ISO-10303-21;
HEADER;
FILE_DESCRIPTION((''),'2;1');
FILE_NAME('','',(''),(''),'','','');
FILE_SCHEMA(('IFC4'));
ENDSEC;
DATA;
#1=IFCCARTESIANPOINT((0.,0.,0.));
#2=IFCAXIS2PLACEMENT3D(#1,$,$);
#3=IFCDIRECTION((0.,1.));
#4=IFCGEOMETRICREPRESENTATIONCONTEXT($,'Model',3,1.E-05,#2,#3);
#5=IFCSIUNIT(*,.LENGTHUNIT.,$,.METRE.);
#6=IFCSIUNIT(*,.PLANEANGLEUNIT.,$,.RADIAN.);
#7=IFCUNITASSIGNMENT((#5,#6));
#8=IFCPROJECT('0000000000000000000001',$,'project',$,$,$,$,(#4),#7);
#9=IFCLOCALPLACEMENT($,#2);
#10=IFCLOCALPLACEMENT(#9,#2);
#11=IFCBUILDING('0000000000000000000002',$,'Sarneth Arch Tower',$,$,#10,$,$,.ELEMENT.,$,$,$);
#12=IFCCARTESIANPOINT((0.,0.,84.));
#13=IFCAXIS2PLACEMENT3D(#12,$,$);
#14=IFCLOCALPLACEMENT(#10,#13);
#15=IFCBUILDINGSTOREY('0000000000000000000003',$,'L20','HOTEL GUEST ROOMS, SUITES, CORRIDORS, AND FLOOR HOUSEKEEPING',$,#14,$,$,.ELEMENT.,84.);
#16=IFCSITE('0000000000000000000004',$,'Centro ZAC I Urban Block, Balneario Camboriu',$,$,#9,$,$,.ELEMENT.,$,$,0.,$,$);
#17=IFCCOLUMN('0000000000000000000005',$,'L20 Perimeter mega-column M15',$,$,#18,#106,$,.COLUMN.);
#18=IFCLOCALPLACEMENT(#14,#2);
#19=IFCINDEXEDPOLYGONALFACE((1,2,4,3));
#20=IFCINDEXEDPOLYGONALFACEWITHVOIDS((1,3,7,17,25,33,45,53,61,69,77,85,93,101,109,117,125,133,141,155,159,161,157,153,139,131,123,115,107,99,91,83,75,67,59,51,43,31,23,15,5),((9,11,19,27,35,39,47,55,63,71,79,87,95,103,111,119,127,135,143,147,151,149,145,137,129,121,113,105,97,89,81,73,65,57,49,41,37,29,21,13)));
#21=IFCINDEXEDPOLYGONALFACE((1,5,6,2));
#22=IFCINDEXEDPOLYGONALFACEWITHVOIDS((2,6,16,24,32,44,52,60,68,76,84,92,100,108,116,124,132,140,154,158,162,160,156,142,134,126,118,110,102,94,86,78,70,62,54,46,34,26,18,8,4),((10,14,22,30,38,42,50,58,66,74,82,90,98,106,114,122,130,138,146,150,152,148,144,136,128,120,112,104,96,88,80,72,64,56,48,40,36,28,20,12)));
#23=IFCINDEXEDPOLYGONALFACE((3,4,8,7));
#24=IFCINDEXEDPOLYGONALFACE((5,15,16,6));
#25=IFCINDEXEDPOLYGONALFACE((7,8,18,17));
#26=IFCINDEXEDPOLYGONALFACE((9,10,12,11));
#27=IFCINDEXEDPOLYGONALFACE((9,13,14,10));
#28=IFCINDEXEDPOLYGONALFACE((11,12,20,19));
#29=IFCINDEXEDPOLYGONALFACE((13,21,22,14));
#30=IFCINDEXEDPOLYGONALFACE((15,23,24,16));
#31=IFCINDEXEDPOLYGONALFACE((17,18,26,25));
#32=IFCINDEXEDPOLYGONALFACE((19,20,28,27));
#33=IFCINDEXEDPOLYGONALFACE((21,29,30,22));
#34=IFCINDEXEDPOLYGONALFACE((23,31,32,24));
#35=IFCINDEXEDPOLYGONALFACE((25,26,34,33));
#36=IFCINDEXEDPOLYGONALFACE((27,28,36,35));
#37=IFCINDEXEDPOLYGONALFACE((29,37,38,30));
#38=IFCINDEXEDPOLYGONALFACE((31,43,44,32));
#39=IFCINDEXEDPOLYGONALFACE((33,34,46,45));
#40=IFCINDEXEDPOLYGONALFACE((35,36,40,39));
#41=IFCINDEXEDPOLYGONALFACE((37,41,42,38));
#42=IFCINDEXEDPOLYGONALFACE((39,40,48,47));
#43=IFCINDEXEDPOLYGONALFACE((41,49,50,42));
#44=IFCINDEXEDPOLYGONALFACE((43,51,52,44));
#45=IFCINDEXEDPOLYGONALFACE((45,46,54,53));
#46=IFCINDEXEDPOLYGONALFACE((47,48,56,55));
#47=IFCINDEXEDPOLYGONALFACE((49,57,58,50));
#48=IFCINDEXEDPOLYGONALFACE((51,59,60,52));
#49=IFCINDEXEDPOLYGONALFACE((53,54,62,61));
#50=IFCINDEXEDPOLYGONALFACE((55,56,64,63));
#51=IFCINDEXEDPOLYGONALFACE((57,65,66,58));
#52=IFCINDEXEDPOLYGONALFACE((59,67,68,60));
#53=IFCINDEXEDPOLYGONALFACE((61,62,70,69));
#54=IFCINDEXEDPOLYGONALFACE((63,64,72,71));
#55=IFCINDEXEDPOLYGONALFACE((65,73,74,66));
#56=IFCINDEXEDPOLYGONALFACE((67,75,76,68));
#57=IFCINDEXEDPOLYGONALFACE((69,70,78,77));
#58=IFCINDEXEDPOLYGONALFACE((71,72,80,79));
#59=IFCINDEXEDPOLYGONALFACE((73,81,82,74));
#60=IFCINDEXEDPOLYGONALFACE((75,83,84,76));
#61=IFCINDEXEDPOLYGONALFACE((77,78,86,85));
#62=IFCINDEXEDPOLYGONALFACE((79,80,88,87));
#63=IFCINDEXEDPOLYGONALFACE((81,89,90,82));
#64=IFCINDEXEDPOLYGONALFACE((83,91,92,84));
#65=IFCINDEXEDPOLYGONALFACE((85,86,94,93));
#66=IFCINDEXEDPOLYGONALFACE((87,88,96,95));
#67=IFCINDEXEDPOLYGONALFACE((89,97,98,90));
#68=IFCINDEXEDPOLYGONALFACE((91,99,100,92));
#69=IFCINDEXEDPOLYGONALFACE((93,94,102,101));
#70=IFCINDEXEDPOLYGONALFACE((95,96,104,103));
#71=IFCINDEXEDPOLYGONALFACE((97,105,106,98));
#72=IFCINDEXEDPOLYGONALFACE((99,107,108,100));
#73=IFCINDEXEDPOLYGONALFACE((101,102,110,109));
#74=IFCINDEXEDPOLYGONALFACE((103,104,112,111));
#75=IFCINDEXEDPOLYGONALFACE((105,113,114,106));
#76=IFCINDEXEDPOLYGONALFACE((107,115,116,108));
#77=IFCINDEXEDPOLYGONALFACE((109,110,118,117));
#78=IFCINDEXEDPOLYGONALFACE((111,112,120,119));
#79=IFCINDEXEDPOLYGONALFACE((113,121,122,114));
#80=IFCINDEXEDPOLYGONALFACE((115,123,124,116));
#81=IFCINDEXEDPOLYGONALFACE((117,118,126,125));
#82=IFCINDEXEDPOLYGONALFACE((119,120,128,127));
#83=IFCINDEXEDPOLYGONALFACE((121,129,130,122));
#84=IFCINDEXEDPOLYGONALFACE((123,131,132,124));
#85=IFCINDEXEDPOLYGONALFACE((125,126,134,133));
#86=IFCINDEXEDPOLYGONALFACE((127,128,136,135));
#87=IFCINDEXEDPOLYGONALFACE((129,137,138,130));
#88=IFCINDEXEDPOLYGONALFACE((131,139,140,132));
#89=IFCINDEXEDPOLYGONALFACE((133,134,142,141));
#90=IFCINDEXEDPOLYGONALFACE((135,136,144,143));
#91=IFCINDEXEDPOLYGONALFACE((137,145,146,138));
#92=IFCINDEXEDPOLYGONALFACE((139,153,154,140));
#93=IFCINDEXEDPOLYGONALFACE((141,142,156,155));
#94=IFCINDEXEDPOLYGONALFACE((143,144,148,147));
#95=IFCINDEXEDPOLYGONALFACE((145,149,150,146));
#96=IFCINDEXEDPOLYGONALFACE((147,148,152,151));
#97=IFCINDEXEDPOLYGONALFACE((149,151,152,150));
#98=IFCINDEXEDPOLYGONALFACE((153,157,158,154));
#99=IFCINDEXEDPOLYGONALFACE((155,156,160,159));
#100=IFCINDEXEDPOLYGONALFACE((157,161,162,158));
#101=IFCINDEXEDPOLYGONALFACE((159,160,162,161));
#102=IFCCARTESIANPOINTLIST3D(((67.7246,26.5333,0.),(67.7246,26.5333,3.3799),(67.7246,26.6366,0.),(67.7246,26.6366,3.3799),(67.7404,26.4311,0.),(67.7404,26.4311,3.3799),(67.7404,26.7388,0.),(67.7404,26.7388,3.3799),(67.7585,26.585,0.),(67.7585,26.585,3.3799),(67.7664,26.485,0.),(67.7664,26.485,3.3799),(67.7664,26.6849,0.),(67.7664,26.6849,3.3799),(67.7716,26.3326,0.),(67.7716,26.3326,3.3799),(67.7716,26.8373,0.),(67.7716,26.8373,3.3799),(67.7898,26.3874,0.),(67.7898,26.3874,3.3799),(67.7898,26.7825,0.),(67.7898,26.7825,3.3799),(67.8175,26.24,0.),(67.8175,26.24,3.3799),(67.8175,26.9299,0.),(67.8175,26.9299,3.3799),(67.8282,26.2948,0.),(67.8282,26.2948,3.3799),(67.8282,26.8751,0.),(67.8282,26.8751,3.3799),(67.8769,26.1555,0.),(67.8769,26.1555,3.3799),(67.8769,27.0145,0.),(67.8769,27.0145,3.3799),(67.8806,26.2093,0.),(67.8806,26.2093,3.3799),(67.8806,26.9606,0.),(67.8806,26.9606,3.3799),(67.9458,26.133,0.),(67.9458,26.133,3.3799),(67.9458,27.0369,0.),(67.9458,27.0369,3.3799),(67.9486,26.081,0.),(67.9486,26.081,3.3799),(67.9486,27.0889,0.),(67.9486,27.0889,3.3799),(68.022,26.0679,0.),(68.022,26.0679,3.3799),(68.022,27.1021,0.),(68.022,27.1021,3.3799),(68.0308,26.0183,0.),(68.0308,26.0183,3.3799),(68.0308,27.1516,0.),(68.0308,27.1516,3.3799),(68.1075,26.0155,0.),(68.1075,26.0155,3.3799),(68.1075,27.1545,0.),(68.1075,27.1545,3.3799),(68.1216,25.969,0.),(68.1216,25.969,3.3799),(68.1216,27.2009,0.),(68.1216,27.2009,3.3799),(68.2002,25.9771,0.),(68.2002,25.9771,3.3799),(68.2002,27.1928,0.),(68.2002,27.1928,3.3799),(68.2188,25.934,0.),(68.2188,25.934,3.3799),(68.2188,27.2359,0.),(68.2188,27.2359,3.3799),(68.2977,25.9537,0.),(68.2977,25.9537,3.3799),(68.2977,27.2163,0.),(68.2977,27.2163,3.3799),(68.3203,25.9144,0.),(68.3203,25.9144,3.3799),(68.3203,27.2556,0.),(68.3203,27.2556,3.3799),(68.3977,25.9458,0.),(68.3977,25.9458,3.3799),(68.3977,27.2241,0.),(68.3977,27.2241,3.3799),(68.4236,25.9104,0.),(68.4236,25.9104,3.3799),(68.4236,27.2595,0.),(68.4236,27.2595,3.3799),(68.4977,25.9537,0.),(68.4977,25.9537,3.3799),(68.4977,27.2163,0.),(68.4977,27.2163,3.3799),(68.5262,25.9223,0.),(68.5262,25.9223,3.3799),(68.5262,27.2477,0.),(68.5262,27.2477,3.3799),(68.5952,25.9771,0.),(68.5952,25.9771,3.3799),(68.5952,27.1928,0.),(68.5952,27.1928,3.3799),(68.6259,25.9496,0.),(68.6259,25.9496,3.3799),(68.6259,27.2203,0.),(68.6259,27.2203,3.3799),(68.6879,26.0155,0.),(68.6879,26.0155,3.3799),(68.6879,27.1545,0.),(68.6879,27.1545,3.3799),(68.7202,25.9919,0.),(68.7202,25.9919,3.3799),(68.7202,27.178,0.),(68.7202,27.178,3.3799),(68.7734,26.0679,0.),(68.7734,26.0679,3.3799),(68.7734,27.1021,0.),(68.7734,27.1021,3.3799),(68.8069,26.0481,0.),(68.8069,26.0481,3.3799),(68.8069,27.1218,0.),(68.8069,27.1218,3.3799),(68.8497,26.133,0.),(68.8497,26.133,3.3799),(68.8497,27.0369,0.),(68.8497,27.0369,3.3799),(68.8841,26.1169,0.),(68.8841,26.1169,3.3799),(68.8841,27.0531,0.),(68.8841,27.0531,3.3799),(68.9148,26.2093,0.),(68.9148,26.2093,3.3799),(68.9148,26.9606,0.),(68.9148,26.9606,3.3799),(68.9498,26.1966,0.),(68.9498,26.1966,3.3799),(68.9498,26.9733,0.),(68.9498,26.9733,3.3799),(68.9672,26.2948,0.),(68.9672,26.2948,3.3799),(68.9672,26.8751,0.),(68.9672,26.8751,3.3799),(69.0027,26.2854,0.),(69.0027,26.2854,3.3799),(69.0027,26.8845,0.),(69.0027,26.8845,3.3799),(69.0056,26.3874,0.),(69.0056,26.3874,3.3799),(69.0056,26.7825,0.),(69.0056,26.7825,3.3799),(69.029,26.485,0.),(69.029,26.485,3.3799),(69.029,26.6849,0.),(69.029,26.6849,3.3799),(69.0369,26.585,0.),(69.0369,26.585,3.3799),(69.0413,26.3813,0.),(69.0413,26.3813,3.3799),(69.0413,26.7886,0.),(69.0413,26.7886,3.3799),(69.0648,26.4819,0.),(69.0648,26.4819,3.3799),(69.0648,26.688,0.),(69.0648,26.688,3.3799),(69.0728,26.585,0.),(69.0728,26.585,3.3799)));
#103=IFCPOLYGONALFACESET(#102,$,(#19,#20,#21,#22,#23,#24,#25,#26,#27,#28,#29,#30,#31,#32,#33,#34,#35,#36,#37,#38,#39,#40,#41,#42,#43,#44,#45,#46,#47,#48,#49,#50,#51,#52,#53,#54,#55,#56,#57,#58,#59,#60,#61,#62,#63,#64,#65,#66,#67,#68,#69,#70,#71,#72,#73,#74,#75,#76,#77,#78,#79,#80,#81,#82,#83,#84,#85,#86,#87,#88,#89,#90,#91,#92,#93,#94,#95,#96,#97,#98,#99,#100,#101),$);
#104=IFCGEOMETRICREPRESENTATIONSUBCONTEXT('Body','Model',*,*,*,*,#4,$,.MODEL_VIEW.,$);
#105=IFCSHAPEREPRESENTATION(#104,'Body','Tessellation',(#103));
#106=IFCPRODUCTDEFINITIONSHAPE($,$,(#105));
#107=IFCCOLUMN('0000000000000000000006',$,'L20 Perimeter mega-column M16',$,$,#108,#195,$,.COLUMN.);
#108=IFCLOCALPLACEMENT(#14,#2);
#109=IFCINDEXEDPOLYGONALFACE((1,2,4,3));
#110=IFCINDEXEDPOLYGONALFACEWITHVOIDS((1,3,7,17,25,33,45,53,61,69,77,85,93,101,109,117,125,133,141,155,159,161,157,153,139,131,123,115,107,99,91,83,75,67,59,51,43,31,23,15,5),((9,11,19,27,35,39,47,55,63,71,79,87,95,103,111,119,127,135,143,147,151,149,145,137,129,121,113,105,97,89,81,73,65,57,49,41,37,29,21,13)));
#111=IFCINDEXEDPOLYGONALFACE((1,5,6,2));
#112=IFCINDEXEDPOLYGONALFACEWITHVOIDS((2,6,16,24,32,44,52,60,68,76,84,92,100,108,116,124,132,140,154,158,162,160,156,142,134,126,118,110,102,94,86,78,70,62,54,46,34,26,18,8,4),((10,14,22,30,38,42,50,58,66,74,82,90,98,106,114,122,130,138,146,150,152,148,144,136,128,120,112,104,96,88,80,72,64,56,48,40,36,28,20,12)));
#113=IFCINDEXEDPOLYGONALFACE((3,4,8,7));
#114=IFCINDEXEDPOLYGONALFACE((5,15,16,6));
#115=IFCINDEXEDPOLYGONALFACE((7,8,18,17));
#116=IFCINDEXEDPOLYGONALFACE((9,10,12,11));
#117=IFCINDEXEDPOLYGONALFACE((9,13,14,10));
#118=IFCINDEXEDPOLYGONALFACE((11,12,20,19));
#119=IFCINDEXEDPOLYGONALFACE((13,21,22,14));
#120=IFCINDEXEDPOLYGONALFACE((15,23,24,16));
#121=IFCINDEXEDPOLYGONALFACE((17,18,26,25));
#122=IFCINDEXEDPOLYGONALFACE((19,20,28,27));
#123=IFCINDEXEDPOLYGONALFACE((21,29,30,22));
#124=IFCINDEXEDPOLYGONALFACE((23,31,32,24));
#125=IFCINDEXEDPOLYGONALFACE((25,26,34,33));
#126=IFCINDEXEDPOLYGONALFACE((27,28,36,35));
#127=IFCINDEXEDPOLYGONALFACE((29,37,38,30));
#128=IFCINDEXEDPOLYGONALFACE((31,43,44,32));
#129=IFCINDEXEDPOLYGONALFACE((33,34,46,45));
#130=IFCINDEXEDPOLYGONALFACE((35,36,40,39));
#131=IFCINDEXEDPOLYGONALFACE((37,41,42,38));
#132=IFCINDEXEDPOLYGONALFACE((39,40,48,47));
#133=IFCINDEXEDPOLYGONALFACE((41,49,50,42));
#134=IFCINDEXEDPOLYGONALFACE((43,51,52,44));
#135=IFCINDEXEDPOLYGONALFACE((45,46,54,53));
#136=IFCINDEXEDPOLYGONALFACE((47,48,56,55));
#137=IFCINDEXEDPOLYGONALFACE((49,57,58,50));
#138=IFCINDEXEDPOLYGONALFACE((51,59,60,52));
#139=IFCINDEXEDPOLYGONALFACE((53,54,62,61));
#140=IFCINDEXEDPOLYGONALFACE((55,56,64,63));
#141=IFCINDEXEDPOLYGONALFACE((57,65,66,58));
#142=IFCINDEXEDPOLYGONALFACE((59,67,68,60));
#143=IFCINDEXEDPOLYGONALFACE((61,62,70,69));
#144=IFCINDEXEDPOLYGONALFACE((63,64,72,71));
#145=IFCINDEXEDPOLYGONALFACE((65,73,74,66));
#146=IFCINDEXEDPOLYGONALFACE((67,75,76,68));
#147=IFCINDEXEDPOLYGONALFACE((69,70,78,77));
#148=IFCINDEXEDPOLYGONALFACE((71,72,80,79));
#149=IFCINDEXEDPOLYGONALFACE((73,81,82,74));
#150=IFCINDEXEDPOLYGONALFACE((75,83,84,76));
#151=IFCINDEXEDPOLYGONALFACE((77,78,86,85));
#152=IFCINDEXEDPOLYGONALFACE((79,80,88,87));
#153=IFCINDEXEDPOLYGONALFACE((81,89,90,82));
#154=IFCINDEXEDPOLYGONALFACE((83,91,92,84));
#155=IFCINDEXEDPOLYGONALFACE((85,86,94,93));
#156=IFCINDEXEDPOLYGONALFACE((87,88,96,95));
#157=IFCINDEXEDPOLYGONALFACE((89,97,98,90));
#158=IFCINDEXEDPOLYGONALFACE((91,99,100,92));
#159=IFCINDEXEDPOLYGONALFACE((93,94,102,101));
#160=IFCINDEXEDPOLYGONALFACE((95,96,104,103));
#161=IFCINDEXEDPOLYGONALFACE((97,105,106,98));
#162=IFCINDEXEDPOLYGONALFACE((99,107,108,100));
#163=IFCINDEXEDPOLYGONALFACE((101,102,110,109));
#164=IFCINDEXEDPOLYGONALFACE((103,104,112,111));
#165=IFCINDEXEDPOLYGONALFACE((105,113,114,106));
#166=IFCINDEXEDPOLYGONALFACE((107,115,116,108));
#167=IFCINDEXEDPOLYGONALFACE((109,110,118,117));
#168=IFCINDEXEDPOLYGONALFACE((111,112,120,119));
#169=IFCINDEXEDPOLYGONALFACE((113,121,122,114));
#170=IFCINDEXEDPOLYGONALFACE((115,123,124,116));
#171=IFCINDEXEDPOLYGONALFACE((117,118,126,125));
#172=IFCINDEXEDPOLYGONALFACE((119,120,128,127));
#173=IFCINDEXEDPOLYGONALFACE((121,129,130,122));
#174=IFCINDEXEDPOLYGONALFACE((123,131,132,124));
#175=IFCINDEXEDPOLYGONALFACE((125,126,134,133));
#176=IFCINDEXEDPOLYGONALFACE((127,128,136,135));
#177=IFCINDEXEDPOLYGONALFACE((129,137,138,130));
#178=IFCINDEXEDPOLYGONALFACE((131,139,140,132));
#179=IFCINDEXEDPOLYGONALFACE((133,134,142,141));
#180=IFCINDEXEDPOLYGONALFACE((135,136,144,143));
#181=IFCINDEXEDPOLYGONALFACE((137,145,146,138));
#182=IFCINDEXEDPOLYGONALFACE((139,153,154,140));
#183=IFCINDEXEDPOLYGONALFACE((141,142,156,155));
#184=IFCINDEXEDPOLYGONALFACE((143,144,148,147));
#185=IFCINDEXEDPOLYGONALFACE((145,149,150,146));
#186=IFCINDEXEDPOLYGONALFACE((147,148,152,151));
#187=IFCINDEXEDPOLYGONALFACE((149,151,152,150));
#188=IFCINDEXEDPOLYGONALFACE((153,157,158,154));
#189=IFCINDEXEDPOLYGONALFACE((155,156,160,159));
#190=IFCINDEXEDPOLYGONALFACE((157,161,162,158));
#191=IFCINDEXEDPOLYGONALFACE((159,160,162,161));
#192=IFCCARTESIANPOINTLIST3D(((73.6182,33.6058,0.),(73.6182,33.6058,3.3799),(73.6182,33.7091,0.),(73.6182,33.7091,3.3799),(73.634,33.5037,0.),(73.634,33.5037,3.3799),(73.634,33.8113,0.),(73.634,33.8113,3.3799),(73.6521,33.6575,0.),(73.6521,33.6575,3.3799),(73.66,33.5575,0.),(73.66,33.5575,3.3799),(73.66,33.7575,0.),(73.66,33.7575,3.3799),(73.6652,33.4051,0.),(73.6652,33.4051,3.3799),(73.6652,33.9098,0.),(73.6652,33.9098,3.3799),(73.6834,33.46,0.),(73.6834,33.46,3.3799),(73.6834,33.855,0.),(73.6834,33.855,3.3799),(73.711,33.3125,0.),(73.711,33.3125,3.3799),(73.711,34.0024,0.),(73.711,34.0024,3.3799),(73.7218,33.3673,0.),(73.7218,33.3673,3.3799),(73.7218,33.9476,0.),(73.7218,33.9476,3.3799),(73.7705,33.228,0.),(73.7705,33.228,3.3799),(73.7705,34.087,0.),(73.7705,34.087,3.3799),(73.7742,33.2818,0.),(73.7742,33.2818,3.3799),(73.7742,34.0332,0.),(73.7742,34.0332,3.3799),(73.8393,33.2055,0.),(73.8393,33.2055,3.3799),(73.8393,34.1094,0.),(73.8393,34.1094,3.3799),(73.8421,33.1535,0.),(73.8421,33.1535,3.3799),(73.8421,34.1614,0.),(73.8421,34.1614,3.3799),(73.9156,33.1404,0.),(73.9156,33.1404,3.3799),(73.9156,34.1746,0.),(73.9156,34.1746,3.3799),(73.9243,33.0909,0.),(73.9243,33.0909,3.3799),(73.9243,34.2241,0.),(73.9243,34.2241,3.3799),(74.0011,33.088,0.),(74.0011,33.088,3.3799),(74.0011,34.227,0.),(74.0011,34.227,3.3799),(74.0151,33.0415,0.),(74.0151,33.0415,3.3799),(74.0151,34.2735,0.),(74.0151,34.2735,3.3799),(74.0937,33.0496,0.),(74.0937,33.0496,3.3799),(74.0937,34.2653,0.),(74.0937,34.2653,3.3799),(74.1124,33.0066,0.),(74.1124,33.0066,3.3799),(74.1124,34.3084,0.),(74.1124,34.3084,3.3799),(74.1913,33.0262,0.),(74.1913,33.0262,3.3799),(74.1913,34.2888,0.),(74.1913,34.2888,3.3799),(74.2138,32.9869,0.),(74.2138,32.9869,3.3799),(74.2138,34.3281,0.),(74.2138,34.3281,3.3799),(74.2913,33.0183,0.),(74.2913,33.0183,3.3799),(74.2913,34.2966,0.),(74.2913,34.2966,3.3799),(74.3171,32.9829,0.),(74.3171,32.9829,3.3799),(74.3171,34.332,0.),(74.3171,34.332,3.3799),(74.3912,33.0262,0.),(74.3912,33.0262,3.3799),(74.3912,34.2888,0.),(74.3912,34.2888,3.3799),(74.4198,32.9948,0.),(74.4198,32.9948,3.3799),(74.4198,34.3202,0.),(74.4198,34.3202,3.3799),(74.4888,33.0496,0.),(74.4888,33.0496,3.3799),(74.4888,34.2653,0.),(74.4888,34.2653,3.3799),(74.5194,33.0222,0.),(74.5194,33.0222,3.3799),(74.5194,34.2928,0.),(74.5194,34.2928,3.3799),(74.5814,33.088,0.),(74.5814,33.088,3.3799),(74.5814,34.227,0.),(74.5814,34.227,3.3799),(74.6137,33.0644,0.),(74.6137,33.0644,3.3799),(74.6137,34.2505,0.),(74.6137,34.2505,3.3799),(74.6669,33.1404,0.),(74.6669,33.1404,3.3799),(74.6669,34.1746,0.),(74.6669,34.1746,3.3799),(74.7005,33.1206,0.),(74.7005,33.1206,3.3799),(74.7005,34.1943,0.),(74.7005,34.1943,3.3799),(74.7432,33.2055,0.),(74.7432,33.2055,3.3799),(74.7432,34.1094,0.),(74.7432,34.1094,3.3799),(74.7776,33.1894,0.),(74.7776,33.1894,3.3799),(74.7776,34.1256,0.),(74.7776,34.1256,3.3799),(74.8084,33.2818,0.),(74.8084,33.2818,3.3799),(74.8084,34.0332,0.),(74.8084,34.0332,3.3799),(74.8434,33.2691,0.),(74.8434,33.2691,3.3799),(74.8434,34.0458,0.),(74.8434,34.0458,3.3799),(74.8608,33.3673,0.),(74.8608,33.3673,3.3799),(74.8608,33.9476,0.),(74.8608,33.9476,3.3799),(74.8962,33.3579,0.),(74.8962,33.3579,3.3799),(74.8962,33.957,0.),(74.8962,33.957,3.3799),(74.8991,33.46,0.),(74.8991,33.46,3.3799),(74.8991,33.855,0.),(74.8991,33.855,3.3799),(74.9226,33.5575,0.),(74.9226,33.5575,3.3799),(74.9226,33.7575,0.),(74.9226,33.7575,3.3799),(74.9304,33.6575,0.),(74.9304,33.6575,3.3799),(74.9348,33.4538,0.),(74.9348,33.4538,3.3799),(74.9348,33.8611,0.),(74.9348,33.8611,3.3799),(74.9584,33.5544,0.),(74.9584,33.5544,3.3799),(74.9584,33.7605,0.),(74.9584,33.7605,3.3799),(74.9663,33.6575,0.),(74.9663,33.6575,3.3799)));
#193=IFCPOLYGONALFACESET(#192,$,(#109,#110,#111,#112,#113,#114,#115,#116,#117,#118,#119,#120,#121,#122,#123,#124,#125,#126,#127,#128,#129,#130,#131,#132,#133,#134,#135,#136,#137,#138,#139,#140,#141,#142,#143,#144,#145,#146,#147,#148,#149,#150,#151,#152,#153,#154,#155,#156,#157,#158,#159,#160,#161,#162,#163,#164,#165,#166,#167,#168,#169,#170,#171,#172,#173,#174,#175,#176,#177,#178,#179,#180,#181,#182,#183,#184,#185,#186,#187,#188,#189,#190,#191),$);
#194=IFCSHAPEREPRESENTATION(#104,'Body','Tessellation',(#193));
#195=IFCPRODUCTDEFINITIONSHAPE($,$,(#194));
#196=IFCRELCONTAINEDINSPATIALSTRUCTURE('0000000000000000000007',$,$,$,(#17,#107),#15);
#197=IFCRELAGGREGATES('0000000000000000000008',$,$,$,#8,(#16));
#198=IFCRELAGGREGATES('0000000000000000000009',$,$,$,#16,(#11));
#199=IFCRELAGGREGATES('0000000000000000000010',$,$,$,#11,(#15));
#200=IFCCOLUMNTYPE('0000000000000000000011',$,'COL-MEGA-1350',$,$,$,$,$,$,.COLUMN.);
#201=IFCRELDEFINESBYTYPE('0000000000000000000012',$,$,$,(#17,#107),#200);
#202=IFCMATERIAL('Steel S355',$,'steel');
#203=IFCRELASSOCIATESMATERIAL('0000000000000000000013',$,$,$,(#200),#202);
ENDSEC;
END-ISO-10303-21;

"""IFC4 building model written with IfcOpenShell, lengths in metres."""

from ifc_helpers import new_model, si_unit, direction, frame, origin, origin_2d, place, context, subcontext, project, spatial, hollow_circle, extrude, material, material_profile, profile_set, type_object, element, save


model = new_model("IFC4")

# Units and contexts
model_context = context("Model", 3, precision=1e-05, world=origin(), true_north=direction((0.0, 1.0)))
body_context = subcontext(model_context, "Body", "Model", "MODEL_VIEW")
ifc_project = project(units=[si_unit("LENGTHUNIT", "METRE"), si_unit("PLANEANGLEUNIT", "RADIAN")], contexts=[model_context])

# Site, building, storey
site_placement = place(None, origin())
site = spatial("IfcSite", under=ifc_project, at=site_placement, Name="Centro ZAC I Urban Block, Balneario Camboriu", CompositionType="ELEMENT", RefElevation=0.0)
building_placement = place(site_placement, origin())
building = spatial("IfcBuilding", under=site, at=building_placement, Name="Sarneth Arch Tower", CompositionType="ELEMENT")
storey_placement = place(building_placement, frame((0.0, 0.0, 84.0)))
storey = spatial("IfcBuildingStorey", under=building, at=storey_placement, Name="L20", Description="HOTEL GUEST ROOMS, SUITES, CORRIDORS, AND FLOOR HOUSEKEEPING", CompositionType="ELEMENT", Elevation=84.0)

# Columns
ifc_material_1 = material(Name="Steel S355", Category="steel")
ifc_material_profile_1 = material_profile(ifc_material_1, hollow_circle(Radius=0.675, WallThickness=0.0359, at=origin_2d()), Name="CHS1350x36")
ifc_profile_set_1 = profile_set([ifc_material_profile_1], Name="Steel S355")
column_type = type_object("IfcColumnType", Name="COL-MEGA-1350", PredefinedType="COLUMN", material=ifc_profile_set_1)
for number, where, z_axis, x_axis, name in (
    (1, (68.3977, 26.585, 0.0), (0.0, 0.0, 1.0), (1.0, 0.0, 0.0), "L20 Perimeter mega-column M15"),
    (2, (74.2913, 33.6575, 0.0), (0.0, 0.0, 1.0), (1.0, 0.0, 0.0), "L20 Perimeter mega-column M16"),
):
    element("IfcColumn", number, at=place(storey_placement, frame(where, z_axis=z_axis, x_axis=x_axis)), inside=storey, type_object=column_type, Name=name, PredefinedType="COLUMN", context=body_context, shape_type="SweptSolid", body=[
        extrude(hollow_circle(Radius=0.675, WallThickness=0.0359, at=origin_2d()), origin(), (0.0, 0.0, 1.0), 3.3799),
    ])

save(model, "model.ifc")
